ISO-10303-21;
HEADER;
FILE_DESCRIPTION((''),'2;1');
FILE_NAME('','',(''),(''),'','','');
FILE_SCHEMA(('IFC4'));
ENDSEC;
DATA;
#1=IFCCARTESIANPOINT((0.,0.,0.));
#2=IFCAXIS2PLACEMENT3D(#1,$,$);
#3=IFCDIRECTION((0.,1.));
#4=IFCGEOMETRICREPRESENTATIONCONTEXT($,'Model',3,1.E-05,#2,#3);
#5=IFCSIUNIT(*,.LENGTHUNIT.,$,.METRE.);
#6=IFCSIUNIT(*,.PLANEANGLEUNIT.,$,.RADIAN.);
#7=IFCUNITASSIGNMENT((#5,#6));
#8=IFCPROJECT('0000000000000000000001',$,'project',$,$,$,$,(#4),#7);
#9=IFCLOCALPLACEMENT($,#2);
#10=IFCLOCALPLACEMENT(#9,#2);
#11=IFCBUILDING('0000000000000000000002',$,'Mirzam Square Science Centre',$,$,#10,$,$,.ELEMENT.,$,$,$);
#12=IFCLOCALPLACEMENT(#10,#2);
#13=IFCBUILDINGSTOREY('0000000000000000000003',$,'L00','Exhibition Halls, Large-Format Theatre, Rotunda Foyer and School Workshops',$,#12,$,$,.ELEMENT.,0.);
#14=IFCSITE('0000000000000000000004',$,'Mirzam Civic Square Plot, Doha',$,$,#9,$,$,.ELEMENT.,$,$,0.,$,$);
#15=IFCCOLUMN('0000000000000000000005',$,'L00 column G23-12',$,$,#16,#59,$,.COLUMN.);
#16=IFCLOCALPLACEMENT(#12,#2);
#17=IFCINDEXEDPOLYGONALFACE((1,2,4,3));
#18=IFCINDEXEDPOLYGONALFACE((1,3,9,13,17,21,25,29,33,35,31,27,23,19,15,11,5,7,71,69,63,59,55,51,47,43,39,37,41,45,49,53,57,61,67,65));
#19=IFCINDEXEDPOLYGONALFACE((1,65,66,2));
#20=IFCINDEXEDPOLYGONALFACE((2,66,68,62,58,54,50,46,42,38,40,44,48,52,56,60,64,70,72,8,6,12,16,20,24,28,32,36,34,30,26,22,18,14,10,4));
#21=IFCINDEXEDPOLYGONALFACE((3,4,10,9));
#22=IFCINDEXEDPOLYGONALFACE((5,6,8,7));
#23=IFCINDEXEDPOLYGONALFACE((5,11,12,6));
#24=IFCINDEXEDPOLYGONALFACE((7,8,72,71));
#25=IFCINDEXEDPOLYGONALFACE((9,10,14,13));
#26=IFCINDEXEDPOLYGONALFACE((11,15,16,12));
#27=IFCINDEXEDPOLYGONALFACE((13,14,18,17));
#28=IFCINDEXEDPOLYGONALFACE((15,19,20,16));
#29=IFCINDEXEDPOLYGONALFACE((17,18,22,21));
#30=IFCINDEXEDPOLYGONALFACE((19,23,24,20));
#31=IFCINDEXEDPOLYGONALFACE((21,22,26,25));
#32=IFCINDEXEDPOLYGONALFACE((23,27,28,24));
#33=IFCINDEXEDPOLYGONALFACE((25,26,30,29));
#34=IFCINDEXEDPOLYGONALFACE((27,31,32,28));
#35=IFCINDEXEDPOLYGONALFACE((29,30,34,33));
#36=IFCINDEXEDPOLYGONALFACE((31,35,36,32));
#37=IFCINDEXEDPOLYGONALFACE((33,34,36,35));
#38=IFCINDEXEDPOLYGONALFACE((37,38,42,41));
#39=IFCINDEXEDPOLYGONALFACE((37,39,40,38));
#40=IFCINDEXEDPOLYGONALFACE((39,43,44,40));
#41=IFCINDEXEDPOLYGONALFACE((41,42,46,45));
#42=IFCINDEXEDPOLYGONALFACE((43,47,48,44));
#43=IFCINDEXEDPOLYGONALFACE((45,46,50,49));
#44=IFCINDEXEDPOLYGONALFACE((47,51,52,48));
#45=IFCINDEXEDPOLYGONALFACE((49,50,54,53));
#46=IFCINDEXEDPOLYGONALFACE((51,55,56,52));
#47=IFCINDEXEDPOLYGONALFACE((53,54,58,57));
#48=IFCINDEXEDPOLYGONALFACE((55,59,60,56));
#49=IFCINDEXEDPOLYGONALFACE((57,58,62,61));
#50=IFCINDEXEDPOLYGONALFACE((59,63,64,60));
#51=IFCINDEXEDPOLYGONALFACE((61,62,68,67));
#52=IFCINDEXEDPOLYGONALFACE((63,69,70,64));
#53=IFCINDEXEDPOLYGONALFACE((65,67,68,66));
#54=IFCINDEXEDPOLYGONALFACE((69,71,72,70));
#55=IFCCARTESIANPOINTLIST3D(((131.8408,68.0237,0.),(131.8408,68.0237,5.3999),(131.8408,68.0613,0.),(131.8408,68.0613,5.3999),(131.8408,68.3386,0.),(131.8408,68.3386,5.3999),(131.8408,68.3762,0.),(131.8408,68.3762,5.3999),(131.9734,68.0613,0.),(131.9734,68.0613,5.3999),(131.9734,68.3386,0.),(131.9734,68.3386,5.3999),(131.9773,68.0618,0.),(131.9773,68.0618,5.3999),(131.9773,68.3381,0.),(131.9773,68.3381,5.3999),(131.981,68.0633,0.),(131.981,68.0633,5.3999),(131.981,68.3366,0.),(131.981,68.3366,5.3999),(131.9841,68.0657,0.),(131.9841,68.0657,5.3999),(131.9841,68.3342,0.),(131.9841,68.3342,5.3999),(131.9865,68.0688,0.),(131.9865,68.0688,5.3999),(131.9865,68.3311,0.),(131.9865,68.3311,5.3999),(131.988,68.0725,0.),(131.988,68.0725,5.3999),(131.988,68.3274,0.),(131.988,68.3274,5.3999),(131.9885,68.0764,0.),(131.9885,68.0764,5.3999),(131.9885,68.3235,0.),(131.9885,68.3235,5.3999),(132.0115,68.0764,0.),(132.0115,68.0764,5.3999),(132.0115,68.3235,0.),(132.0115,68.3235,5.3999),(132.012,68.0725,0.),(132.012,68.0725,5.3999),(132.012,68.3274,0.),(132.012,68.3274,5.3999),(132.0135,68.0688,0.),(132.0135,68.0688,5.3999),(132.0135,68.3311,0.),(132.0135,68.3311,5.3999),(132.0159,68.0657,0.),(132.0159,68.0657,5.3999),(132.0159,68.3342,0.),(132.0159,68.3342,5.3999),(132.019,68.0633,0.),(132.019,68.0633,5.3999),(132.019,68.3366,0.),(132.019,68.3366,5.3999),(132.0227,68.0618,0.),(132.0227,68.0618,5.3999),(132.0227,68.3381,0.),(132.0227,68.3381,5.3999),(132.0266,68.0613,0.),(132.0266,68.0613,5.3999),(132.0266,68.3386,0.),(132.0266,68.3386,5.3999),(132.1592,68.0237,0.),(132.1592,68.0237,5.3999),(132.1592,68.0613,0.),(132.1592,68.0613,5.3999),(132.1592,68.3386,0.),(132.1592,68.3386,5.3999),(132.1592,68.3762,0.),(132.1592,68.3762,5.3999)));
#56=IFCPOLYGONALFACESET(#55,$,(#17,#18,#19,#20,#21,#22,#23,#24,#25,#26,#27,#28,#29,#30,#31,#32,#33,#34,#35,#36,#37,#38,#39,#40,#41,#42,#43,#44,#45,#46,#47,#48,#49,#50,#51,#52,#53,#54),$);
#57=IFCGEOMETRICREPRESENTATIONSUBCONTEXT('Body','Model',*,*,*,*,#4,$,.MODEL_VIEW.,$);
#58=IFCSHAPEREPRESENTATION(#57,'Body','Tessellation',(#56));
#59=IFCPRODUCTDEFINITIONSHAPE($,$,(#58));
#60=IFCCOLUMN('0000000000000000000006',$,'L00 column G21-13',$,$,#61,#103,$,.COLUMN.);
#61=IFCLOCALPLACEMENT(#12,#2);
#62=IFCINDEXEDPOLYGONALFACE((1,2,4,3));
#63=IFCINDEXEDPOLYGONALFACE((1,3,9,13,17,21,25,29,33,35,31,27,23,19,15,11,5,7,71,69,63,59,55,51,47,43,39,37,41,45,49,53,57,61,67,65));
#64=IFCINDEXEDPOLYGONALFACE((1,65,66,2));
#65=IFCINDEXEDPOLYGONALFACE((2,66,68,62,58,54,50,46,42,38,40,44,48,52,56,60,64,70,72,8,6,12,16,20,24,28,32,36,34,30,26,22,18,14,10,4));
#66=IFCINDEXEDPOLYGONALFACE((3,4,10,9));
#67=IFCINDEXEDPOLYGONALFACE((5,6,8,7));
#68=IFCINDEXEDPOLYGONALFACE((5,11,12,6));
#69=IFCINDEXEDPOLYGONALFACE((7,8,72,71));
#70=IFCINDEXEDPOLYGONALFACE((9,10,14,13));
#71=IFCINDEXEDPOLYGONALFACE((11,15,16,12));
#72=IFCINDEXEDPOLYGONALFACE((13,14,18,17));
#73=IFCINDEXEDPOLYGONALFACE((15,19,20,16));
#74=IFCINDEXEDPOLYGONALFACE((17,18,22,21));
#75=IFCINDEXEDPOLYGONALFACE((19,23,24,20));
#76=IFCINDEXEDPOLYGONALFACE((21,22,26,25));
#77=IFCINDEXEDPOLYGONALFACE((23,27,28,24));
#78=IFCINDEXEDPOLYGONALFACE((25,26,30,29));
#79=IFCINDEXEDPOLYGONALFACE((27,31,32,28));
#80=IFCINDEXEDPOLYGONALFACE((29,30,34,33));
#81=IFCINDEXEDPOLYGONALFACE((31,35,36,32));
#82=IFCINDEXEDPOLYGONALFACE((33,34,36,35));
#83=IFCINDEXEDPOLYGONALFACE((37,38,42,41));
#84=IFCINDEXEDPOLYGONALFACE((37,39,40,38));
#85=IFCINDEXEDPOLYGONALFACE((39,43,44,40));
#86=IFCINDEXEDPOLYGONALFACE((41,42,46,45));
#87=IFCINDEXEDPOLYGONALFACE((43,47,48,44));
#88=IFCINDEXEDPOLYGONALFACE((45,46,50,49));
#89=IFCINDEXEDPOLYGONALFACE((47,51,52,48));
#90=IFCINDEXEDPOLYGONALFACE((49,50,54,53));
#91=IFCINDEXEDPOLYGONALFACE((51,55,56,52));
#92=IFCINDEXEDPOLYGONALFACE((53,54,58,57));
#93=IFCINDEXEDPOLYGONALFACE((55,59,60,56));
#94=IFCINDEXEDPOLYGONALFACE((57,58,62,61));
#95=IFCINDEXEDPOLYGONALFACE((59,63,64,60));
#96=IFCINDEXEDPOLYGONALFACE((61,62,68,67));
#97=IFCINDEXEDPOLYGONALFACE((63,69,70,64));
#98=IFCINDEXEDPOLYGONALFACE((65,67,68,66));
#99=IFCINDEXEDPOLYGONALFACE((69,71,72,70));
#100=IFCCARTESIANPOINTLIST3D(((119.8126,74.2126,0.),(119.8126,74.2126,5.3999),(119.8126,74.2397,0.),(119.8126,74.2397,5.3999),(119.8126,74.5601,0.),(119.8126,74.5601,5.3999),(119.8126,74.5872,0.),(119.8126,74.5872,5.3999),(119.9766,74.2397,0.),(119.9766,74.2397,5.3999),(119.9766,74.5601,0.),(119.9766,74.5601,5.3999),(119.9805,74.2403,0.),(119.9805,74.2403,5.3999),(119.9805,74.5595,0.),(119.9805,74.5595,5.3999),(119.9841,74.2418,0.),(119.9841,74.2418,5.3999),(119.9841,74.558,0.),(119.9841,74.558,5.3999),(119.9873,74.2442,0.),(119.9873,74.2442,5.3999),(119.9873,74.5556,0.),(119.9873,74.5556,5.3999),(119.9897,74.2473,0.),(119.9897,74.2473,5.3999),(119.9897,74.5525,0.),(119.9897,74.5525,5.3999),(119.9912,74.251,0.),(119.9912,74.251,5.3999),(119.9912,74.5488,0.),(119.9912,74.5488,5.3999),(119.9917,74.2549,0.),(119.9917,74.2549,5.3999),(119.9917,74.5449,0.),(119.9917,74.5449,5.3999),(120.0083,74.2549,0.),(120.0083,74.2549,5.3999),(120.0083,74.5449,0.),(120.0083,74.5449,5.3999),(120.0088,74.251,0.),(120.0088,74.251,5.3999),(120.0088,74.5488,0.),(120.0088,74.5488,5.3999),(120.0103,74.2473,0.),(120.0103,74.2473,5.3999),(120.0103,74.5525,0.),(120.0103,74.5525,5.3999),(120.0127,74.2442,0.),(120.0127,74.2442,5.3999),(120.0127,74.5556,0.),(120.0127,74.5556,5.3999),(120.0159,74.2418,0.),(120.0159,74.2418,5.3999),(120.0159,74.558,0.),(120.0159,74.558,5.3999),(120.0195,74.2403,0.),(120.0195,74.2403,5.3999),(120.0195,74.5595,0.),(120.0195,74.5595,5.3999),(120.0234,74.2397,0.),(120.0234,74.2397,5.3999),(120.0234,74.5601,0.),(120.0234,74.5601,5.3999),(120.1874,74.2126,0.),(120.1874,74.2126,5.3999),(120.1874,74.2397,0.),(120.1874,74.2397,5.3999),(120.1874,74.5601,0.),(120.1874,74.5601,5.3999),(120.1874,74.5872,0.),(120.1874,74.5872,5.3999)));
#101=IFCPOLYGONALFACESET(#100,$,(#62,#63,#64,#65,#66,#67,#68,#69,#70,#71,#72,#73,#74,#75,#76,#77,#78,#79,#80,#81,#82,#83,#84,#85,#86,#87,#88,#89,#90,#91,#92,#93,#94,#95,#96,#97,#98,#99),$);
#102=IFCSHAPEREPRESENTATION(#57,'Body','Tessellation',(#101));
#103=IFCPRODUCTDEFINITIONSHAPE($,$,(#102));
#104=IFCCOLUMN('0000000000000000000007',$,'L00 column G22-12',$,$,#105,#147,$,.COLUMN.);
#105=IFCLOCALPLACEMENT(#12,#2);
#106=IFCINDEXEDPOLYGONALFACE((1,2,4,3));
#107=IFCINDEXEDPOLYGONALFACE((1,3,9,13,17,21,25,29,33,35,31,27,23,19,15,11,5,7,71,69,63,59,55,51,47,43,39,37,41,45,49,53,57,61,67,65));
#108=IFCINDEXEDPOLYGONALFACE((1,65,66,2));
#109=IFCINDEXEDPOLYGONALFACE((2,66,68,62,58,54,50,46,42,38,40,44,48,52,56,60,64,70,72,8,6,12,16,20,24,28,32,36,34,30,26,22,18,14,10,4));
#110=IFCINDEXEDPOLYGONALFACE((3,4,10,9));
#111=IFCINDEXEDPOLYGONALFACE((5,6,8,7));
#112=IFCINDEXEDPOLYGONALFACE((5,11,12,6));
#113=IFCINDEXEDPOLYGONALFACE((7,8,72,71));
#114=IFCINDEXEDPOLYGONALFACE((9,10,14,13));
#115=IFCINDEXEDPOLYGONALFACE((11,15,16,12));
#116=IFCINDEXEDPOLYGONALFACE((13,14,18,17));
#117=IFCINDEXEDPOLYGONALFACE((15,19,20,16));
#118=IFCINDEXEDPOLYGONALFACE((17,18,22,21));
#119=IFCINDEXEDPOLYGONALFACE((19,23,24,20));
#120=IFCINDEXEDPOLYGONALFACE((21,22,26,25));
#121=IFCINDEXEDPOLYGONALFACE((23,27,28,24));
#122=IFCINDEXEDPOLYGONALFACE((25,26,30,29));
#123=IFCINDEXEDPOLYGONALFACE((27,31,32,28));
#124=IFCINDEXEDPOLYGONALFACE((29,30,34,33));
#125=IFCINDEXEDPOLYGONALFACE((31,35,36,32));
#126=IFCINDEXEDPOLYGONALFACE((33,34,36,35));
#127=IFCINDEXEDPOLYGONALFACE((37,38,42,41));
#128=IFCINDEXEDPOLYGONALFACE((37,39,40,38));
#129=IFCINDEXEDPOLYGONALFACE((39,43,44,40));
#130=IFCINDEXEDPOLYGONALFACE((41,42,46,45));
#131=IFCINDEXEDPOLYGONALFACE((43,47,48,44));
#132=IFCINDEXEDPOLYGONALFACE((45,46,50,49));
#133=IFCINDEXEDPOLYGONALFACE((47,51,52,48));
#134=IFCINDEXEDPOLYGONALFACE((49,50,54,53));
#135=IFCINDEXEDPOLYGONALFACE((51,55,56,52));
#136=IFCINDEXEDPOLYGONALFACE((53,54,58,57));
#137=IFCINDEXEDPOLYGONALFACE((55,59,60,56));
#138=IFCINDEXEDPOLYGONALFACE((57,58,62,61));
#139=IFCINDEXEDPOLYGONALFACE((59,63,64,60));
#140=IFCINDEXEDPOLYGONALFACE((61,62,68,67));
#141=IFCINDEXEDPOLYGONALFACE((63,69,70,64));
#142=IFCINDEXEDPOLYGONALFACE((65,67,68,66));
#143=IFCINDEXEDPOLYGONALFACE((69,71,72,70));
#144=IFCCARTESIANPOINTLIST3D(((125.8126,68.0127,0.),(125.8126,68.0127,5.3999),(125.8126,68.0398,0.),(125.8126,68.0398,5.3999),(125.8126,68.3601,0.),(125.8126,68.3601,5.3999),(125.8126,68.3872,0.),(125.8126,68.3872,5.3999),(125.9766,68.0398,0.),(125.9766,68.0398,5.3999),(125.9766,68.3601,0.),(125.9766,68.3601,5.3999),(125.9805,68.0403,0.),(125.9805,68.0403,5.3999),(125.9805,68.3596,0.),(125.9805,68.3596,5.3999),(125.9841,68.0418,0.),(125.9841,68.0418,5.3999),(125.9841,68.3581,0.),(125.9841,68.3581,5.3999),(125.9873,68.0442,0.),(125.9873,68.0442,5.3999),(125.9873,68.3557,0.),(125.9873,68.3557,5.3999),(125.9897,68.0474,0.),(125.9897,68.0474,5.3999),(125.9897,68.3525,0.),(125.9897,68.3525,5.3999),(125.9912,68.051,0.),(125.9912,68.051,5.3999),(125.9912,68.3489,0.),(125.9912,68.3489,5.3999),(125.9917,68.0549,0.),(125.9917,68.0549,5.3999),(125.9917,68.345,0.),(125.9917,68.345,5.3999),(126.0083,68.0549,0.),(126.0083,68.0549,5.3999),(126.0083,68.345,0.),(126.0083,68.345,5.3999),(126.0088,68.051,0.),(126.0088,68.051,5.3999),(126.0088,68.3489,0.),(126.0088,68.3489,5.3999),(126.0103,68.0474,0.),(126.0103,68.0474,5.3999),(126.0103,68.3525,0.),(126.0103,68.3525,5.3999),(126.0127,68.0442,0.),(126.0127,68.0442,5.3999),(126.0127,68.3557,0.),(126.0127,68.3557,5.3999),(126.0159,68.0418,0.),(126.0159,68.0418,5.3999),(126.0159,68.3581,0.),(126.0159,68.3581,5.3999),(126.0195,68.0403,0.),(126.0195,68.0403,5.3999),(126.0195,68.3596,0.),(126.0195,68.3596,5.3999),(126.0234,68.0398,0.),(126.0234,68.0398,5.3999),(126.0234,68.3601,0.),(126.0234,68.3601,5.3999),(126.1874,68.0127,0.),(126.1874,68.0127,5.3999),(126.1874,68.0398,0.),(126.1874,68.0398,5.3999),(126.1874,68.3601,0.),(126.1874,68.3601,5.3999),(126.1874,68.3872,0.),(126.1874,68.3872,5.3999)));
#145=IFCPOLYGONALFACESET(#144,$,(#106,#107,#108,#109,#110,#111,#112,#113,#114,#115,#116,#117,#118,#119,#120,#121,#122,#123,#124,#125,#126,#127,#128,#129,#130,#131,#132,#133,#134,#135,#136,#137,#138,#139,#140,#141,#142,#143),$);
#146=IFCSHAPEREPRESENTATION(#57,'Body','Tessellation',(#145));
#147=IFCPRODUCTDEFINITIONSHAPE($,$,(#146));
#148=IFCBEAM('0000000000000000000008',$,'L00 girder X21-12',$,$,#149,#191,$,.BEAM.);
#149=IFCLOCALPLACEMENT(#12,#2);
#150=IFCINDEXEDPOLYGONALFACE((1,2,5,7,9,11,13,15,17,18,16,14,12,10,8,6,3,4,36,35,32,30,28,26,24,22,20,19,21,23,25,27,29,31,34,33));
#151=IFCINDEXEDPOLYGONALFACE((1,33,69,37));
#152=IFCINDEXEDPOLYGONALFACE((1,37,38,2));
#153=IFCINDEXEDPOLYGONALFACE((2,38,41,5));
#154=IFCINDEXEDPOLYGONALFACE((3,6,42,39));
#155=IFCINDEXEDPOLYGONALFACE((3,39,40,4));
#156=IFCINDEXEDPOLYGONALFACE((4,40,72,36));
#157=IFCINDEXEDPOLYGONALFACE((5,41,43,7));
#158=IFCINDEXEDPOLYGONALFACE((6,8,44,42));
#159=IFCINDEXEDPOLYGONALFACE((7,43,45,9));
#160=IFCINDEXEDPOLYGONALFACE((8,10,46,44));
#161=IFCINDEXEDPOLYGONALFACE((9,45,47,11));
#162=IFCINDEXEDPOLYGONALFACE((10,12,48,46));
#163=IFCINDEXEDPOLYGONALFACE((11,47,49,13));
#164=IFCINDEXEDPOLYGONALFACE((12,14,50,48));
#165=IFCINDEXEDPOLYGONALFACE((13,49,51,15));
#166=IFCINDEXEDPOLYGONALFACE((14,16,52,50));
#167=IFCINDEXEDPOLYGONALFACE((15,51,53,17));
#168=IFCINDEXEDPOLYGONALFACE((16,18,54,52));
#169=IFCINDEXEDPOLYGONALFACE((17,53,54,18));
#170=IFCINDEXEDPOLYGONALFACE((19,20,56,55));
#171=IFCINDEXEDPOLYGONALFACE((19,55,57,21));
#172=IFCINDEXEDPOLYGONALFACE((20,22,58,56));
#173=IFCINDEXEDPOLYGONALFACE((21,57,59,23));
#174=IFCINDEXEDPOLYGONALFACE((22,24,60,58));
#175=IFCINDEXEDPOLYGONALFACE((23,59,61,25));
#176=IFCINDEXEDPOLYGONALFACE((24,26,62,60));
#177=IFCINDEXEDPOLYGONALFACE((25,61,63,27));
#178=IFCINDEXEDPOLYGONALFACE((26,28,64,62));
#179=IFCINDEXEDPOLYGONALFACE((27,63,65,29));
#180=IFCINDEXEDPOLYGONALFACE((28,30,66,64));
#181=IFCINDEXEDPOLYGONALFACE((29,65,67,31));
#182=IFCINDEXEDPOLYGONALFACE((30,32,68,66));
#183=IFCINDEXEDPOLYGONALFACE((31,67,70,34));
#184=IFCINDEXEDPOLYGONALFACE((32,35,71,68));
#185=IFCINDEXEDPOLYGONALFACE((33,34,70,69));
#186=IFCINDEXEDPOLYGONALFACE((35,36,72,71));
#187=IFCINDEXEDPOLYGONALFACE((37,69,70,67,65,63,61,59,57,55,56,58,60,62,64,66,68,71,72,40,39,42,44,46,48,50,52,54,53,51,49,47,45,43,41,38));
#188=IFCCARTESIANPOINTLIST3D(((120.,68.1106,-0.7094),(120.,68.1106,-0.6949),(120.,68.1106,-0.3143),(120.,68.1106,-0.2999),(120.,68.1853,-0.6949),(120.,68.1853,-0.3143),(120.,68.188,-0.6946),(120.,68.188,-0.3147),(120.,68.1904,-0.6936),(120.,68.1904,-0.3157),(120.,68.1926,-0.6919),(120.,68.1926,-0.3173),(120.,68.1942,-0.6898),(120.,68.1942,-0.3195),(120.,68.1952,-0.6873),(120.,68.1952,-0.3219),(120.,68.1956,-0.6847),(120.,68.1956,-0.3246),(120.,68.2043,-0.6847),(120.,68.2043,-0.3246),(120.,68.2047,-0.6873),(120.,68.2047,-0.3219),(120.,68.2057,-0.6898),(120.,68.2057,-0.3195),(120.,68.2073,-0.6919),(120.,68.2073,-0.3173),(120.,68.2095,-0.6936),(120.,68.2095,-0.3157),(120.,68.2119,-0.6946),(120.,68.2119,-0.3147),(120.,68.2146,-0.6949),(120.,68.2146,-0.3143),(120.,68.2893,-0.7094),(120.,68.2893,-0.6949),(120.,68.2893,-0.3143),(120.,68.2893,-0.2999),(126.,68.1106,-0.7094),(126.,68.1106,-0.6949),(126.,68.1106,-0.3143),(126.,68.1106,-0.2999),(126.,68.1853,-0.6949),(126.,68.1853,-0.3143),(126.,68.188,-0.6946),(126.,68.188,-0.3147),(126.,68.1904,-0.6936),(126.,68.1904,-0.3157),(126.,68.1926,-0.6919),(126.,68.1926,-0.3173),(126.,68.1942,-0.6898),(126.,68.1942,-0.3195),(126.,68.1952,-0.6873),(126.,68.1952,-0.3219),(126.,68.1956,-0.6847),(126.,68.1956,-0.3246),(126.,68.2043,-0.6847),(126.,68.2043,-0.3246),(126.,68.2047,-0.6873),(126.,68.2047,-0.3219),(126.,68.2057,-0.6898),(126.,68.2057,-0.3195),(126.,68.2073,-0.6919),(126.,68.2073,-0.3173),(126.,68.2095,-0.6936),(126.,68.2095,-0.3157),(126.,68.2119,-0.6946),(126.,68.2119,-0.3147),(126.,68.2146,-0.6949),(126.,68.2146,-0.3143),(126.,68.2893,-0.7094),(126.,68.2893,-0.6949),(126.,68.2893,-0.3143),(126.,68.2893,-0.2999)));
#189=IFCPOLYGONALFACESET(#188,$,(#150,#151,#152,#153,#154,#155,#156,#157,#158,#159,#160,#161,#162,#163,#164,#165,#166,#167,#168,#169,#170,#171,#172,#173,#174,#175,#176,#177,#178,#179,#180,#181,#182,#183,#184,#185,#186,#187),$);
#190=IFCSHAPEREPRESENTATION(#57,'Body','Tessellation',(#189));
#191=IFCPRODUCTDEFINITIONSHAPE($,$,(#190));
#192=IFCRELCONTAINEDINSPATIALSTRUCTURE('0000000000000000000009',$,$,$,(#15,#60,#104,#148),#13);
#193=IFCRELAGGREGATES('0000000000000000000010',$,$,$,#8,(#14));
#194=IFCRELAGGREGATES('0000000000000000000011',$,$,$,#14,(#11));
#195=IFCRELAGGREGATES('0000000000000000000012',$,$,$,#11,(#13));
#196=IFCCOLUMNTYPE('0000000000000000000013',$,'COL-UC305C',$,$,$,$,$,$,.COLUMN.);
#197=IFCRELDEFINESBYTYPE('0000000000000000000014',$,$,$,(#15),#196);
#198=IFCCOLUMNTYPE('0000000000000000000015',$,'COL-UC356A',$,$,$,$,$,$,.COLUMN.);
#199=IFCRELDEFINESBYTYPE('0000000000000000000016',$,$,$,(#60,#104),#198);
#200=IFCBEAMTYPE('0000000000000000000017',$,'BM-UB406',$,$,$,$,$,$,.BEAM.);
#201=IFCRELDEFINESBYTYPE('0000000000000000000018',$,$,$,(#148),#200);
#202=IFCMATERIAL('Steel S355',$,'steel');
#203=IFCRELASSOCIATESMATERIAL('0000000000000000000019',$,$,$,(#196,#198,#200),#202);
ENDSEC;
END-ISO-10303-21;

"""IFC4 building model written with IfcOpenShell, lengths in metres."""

from ifc_helpers import new_model, si_unit, direction, frame, origin, origin_2d, place, context, subcontext, project, spatial, i_section, extrude, material, material_profile, profile_set, type_object, element, save


model = new_model("IFC4")

# Units and contexts
model_context = context("Model", 3, precision=1e-05, world=origin(), true_north=direction((0.0, 1.0)))
body_context = subcontext(model_context, "Body", "Model", "MODEL_VIEW")
ifc_project = project(units=[si_unit("LENGTHUNIT", "METRE"), si_unit("PLANEANGLEUNIT", "RADIAN")], contexts=[model_context])

# Site, building, storey
site_placement = place(None, origin())
site = spatial("IfcSite", under=ifc_project, at=site_placement, Name="Mirzam Civic Square Plot, Doha", CompositionType="ELEMENT", RefElevation=0.0)
building_placement = place(site_placement, origin())
building = spatial("IfcBuilding", under=site, at=building_placement, Name="Mirzam Square Science Centre", CompositionType="ELEMENT")
storey_placement = place(building_placement, origin())
storey = spatial("IfcBuildingStorey", under=building, at=storey_placement, Name="L00", Description="Exhibition Halls, Large-Format Theatre, Rotunda Foyer and School Workshops", CompositionType="ELEMENT", Elevation=0.0)

# Columns
ifc_material_1 = material(Name="Steel S355", Category="steel")
ifc_material_profile_1 = material_profile(ifc_material_1, i_section(OverallWidth=0.3184, OverallDepth=0.3525, WebThickness=0.0229, FlangeThickness=0.0376, FilletRadius=0.0151, at=origin_2d()), Name="305x305x240UC")
ifc_profile_set_1 = profile_set([ifc_material_profile_1], Name="Steel S355")
column_type_1 = type_object("IfcColumnType", Name="COL-UC305C", PredefinedType="COLUMN", material=ifc_profile_set_1)
for number, where, z_axis, x_axis, name in (
    (1, (132.0, 68.2, 0.0), (0.0, 0.0, 1.0), (1.0, 0.0, 0.0), "L00 column G23-12"),
):
    element("IfcColumn", number, at=place(storey_placement, frame(where, z_axis=z_axis, x_axis=x_axis)), inside=storey, type_object=column_type_1, Name=name, PredefinedType="COLUMN", context=body_context, shape_type="SweptSolid", body=[
        extrude(i_section(OverallWidth=0.3184, OverallDepth=0.3525, WebThickness=0.0229, FlangeThickness=0.0376, FilletRadius=0.0151, at=origin_2d()), origin(), (0.0, 0.0, 1.0), 5.3999),
    ])
ifc_material_profile_2 = material_profile(ifc_material_1, i_section(OverallWidth=0.3748, OverallDepth=0.3745, WebThickness=0.0166, FlangeThickness=0.0271, FilletRadius=0.0151, at=origin_2d()), Name="356x368x202UC")
ifc_profile_set_2 = profile_set([ifc_material_profile_2], Name="Steel S355")
column_type_2 = type_object("IfcColumnType", Name="COL-UC356A", PredefinedType="COLUMN", material=ifc_profile_set_2)
for number, where, z_axis, x_axis, name in (
    (2, (120.0, 74.3999, 0.0), (0.0, 0.0, 1.0), (1.0, 0.0, 0.0), "L00 column G21-13"),
    (3, (126.0, 68.2, 0.0), (0.0, 0.0, 1.0), (1.0, 0.0, 0.0), "L00 column G22-12"),
):
    element("IfcColumn", number, at=place(storey_placement, frame(where, z_axis=z_axis, x_axis=x_axis)), inside=storey, type_object=column_type_2, Name=name, PredefinedType="COLUMN", context=body_context, shape_type="SweptSolid", body=[
        extrude(i_section(OverallWidth=0.3748, OverallDepth=0.3745, WebThickness=0.0166, FlangeThickness=0.0271, FilletRadius=0.0151, at=origin_2d()), origin(), (0.0, 0.0, 1.0), 5.3999),
    ])

# Beam
ifc_material_profile_3 = material_profile(ifc_material_1, i_section(OverallWidth=0.1787, OverallDepth=0.4094, WebThickness=0.0088, FlangeThickness=0.0144, FilletRadius=0.0103, at=origin_2d()), Name="406x178x67UB")
ifc_profile_set_3 = profile_set([ifc_material_profile_3], Name="Steel S355")
beam_type_1 = type_object("IfcBeamType", Name="BM-UB406", PredefinedType="BEAM", material=ifc_profile_set_3)
beam_1_placement = place(storey_placement, frame((120.0, 68.2, -0.5046), z_axis=(1.0, 0.0, 0.0), x_axis=(0.0, 1.0, 0.0)))
element("IfcBeam", 4, at=beam_1_placement, inside=storey, type_object=beam_type_1, Name="L00 girder X21-12", PredefinedType="BEAM", context=body_context, shape_type="SweptSolid", body=[
    extrude(i_section(OverallWidth=0.1787, OverallDepth=0.4094, WebThickness=0.0088, FlangeThickness=0.0144, FilletRadius=0.0103, at=origin_2d()), origin(), (0.0, 0.0, 1.0), 6.0),
])

save(model, "model.ifc")
